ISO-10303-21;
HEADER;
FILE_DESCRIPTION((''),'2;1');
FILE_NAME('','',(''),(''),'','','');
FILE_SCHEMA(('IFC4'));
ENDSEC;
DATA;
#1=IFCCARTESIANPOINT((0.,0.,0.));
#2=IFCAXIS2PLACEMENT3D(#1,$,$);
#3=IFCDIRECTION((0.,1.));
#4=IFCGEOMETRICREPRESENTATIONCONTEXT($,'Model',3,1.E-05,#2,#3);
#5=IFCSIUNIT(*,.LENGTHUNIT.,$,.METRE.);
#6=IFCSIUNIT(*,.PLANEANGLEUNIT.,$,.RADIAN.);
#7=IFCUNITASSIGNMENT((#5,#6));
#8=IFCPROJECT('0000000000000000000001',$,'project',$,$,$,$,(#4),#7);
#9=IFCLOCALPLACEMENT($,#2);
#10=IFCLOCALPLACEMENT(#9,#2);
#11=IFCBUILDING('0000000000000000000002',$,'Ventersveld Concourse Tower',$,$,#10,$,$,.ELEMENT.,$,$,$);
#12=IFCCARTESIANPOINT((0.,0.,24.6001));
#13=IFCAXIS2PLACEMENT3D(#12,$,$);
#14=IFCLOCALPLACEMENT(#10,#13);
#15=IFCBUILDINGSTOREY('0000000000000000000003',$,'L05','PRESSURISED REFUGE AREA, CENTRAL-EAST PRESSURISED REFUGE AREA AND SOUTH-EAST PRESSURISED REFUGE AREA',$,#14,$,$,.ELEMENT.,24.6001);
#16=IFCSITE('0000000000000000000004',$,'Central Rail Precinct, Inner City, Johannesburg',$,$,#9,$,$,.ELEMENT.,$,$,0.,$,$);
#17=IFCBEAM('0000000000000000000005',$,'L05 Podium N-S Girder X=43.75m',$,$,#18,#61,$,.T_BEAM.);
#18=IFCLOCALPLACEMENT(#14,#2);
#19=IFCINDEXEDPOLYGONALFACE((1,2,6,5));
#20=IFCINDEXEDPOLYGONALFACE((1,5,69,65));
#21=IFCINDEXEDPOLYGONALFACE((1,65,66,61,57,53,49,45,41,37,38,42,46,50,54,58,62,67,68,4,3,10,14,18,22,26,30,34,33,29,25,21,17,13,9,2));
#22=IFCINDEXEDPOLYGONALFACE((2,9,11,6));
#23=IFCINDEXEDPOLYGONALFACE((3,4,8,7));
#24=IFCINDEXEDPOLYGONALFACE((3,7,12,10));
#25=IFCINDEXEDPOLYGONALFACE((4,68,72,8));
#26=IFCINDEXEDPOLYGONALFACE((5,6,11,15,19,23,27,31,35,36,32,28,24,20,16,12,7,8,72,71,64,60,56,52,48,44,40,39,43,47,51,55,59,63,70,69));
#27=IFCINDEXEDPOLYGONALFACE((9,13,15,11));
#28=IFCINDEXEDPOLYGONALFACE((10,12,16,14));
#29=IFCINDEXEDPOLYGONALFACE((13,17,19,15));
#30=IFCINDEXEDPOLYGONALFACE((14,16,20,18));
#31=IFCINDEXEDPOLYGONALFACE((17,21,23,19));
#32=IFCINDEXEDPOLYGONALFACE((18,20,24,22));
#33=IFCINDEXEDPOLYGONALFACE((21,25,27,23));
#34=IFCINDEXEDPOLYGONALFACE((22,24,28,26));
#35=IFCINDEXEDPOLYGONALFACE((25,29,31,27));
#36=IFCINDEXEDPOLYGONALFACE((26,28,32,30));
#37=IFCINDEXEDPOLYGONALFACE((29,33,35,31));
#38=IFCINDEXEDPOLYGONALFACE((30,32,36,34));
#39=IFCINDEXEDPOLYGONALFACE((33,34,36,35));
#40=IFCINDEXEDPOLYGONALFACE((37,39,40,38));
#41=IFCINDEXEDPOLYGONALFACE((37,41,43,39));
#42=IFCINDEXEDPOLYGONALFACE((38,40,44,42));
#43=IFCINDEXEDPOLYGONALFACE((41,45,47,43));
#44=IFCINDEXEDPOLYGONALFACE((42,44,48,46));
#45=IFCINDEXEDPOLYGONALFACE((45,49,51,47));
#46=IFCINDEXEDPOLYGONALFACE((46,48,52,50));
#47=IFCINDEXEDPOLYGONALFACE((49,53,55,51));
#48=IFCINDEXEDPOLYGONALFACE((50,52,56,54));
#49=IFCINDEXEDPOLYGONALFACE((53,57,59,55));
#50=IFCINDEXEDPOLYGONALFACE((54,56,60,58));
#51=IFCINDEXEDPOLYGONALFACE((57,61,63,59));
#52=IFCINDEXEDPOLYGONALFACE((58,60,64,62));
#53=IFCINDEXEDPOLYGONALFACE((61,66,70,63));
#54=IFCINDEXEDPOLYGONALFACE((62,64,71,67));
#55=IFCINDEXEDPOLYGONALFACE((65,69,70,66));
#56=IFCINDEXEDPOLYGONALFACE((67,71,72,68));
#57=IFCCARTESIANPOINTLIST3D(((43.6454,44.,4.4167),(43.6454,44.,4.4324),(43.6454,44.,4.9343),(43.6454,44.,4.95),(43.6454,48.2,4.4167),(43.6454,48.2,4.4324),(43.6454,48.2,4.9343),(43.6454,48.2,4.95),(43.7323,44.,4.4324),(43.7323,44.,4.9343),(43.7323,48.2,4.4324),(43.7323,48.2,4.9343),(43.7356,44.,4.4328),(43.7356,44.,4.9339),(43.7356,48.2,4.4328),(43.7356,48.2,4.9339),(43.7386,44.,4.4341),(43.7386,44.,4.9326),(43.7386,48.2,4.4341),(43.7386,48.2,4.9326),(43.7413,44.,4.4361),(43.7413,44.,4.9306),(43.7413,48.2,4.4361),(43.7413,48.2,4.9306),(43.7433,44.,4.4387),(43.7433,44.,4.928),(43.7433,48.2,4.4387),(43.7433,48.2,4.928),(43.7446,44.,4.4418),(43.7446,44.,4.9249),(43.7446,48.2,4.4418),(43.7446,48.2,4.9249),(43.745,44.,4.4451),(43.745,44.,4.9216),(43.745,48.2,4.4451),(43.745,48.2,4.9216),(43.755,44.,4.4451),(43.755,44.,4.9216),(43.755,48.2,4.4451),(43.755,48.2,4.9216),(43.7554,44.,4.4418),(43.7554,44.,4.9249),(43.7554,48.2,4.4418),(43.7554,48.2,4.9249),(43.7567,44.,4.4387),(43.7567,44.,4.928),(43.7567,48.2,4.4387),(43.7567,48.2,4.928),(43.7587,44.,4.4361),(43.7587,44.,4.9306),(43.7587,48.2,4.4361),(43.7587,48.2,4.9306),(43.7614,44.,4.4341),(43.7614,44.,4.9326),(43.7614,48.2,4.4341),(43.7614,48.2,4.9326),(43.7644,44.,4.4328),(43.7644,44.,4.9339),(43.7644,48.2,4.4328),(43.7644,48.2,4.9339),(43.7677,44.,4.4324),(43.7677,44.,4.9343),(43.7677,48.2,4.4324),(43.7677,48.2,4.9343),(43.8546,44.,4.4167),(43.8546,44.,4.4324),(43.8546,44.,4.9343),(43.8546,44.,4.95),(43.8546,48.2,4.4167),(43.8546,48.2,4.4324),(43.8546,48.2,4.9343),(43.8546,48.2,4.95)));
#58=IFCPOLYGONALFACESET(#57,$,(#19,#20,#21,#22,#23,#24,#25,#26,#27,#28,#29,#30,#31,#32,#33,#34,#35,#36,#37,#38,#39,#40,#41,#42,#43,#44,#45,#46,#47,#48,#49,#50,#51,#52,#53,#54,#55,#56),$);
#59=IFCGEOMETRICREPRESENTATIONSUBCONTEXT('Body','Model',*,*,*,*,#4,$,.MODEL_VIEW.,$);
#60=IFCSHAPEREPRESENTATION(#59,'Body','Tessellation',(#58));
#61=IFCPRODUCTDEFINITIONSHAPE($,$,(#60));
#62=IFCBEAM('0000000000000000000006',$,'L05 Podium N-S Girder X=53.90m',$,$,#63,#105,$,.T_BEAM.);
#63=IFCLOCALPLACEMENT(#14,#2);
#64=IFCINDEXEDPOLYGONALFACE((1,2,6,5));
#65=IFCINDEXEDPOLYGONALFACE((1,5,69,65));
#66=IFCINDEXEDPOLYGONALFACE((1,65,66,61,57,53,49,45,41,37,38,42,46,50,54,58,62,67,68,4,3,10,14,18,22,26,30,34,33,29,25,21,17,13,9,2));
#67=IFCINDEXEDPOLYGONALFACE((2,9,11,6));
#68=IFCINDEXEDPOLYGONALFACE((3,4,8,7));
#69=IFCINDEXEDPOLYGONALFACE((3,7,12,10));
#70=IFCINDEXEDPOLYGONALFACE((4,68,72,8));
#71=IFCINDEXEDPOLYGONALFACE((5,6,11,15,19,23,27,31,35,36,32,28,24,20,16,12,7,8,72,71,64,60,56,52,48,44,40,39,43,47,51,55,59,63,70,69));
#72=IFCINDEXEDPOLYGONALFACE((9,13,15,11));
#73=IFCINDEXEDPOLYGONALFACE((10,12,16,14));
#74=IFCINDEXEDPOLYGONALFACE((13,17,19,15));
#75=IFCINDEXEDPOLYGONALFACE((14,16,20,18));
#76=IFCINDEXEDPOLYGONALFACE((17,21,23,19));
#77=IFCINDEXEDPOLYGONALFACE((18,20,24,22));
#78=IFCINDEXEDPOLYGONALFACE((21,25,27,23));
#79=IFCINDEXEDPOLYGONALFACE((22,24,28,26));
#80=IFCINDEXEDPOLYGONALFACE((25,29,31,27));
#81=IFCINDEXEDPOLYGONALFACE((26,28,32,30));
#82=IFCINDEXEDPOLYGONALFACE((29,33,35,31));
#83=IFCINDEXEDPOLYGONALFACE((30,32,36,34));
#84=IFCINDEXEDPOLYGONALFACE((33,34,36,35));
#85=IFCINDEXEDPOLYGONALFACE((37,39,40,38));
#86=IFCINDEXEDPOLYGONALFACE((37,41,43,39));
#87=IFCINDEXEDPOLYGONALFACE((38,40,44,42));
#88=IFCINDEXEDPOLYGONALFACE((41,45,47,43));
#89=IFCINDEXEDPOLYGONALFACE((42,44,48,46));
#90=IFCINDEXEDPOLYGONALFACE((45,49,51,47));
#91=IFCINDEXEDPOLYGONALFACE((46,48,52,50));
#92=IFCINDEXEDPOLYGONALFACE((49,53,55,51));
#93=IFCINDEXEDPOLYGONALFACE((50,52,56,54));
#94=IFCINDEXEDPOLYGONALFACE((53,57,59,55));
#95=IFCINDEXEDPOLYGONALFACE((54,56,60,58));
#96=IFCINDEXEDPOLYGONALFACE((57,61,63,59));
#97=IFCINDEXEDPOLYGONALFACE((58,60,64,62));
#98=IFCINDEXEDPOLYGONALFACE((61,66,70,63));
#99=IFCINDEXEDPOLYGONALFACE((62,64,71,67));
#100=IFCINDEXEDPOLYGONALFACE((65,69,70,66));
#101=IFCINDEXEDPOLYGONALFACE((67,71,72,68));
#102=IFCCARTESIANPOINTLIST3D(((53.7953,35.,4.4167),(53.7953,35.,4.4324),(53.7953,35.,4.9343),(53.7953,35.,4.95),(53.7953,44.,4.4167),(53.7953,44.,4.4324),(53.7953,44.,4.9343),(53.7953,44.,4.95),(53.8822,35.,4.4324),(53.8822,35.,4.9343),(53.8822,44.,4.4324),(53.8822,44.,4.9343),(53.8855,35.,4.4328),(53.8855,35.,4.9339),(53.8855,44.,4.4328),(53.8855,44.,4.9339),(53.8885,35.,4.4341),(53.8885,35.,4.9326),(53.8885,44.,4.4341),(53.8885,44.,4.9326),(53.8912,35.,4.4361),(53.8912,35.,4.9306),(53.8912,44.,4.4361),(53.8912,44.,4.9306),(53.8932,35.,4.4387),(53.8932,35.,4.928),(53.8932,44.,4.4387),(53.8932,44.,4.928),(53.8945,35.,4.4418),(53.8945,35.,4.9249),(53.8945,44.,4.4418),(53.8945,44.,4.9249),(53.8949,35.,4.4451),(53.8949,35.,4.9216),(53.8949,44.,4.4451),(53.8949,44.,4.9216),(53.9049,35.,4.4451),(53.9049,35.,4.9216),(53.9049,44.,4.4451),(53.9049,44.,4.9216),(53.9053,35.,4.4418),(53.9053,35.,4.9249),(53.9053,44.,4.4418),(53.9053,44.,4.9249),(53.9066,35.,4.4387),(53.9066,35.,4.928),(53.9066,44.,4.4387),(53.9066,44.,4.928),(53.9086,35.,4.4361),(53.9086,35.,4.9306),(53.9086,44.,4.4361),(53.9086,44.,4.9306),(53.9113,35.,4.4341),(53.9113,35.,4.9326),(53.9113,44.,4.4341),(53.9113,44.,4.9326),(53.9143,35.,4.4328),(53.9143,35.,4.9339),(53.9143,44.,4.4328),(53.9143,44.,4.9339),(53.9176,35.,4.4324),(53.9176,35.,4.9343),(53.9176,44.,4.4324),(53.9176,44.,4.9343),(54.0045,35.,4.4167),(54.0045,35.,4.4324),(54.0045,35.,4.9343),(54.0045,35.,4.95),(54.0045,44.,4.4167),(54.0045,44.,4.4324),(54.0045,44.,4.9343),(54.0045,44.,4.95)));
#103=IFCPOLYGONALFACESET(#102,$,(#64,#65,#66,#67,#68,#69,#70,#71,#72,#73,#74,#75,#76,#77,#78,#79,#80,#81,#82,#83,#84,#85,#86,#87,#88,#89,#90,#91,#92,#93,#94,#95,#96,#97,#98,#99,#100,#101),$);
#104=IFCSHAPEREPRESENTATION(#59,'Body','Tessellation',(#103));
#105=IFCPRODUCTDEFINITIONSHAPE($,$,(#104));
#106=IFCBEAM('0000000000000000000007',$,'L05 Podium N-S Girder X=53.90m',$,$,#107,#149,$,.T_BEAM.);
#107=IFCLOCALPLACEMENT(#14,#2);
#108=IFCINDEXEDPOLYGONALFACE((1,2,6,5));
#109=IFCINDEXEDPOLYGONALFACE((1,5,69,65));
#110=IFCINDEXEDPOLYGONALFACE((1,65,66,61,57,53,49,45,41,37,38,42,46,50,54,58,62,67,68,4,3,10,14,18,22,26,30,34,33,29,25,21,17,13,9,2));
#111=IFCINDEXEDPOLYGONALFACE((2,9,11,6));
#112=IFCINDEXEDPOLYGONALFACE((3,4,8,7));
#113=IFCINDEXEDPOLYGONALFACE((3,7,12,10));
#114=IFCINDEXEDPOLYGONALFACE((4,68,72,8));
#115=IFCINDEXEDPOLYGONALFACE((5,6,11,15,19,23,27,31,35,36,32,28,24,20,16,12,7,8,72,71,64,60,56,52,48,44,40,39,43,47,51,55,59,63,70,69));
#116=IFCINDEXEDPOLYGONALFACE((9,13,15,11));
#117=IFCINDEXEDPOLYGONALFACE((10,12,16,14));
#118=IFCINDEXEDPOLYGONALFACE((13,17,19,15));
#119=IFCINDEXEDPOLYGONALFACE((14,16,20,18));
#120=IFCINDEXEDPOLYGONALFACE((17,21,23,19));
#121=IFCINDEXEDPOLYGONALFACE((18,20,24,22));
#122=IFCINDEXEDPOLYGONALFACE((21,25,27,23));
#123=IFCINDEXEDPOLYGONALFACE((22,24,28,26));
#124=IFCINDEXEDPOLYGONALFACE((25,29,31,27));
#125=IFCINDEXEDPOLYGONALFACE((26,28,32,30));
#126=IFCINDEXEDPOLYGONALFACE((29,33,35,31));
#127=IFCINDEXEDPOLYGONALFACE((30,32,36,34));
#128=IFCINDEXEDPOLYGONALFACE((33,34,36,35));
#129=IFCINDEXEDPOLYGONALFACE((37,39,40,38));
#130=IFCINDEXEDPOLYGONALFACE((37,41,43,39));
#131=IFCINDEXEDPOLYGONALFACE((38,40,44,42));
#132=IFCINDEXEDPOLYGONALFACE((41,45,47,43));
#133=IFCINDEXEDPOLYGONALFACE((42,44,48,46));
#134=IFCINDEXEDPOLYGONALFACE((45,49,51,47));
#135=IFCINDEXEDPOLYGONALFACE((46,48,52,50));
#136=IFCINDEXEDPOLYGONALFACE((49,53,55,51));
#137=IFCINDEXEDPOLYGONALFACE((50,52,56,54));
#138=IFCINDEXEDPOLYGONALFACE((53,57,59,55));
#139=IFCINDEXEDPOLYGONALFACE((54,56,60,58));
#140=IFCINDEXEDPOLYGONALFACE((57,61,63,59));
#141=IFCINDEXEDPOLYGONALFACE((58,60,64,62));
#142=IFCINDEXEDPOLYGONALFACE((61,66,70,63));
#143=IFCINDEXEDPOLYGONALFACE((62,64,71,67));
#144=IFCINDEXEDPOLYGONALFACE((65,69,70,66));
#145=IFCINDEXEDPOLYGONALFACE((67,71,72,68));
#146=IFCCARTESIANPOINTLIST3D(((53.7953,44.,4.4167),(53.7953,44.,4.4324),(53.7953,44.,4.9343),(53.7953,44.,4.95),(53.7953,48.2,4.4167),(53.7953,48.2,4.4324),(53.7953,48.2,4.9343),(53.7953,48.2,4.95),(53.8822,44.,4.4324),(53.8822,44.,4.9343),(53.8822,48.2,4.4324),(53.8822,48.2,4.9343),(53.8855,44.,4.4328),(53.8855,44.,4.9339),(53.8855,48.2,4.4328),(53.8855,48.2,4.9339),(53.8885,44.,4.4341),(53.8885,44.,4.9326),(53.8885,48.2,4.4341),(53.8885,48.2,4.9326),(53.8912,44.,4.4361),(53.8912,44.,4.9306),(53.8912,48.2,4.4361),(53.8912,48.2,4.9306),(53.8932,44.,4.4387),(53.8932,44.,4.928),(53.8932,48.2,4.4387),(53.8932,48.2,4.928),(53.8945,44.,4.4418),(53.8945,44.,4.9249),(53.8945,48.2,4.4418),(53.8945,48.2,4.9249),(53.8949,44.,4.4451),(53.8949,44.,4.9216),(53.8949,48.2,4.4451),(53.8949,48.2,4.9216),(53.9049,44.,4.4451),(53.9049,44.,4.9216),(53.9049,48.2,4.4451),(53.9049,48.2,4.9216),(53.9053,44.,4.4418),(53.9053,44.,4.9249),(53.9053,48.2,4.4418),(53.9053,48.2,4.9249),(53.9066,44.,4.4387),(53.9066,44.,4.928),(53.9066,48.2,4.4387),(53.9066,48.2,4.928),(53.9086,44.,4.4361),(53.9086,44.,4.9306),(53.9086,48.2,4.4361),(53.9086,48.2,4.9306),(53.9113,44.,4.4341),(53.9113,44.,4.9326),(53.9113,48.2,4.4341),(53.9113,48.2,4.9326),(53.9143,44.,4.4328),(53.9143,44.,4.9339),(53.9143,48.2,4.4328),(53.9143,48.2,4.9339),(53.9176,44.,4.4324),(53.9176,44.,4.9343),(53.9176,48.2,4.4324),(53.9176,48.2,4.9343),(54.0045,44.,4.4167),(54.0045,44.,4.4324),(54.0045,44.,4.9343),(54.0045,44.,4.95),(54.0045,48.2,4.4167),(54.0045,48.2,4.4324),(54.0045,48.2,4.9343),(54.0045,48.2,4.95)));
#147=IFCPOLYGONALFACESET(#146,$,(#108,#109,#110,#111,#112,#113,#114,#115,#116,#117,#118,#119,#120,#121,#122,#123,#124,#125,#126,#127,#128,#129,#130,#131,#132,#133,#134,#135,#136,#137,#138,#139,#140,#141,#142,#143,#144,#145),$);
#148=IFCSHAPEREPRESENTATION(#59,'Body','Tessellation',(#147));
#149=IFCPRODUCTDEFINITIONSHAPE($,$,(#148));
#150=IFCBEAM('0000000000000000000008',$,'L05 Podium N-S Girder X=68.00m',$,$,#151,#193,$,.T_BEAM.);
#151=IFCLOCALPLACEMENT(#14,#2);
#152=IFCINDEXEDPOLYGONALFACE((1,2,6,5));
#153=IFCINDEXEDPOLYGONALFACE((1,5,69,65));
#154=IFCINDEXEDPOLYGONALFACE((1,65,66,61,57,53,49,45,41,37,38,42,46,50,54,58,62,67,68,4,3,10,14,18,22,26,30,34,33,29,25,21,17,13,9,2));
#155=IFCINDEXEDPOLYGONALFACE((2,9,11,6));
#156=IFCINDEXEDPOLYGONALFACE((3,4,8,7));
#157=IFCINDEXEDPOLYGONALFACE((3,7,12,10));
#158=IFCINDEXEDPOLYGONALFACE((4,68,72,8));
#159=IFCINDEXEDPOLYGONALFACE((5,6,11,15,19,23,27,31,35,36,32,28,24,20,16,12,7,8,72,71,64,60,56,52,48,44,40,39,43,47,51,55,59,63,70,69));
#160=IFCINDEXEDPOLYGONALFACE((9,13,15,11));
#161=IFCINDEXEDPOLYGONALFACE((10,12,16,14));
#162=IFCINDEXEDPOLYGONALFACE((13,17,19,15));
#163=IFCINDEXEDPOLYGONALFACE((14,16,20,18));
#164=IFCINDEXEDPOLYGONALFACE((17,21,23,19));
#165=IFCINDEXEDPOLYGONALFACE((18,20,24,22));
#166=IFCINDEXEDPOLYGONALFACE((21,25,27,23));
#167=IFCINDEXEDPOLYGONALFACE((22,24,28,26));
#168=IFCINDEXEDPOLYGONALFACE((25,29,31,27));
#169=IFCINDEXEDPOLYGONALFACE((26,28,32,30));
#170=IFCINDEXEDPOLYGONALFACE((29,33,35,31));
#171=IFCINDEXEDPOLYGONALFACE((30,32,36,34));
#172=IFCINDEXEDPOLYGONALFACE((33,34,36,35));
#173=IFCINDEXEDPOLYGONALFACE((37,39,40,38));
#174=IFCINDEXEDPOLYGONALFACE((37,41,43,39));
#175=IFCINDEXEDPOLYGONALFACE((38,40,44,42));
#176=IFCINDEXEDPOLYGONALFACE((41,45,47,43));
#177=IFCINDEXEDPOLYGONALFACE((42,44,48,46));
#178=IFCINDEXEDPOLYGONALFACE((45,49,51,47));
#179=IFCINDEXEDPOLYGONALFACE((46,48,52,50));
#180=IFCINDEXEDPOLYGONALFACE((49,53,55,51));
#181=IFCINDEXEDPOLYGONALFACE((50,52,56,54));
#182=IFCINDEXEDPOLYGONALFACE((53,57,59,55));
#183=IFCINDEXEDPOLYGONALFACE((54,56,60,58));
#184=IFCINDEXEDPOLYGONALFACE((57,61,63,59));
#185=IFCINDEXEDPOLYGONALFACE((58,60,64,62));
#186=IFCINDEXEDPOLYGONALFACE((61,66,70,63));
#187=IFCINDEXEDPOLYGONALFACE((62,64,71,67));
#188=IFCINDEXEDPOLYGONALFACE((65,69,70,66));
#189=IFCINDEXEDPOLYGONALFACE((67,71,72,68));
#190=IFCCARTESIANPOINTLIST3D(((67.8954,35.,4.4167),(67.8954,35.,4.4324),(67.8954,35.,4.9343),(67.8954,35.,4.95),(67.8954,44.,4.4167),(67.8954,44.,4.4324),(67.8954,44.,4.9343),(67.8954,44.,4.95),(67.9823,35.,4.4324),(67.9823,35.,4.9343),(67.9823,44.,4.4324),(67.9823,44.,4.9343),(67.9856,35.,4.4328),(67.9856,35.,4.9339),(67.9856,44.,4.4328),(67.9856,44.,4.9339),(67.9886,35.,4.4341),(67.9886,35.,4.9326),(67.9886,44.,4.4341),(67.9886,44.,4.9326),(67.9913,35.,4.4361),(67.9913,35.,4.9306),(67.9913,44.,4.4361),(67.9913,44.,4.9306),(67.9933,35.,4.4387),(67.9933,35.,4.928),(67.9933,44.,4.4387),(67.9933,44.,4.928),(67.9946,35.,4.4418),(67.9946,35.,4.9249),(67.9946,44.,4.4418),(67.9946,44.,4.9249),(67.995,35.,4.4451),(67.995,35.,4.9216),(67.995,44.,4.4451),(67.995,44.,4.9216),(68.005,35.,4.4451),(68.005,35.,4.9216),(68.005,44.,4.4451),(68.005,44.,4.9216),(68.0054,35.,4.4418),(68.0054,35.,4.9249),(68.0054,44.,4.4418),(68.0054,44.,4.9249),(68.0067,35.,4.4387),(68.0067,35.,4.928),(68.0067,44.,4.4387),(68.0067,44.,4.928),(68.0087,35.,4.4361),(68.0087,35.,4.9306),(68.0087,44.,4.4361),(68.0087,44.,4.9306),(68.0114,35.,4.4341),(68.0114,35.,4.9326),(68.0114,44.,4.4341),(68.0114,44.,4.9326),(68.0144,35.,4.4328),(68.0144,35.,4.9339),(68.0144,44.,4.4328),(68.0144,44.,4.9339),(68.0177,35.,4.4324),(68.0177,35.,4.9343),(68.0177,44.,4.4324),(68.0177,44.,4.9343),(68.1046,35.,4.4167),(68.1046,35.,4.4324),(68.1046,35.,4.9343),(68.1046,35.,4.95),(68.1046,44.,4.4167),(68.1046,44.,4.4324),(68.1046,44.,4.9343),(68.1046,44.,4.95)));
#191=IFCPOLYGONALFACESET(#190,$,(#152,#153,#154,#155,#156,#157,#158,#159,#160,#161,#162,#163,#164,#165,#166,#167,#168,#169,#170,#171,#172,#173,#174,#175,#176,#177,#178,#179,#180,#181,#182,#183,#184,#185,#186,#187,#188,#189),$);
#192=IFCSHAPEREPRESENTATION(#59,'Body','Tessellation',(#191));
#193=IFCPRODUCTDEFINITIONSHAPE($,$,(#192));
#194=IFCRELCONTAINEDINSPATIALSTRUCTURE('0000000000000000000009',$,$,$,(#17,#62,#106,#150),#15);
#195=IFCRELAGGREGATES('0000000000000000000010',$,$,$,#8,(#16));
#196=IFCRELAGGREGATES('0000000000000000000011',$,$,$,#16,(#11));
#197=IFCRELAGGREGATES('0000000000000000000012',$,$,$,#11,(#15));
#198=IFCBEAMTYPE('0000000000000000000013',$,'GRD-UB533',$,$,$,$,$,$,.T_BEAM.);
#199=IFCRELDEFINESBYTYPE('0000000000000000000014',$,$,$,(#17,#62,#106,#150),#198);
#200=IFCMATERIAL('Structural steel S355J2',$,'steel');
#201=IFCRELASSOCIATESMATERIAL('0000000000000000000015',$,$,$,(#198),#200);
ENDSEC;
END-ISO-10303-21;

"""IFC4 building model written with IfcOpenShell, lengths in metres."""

from ifc_helpers import new_model, si_unit, direction, frame, origin, origin_2d, place, context, subcontext, project, spatial, i_section, extrude, material, material_profile, profile_set, type_object, element, save


model = new_model("IFC4")

# Units and contexts
model_context = context("Model", 3, precision=1e-05, world=origin(), true_north=direction((0.0, 1.0)))
body_context = subcontext(model_context, "Body", "Model", "MODEL_VIEW")
ifc_project = project(units=[si_unit("LENGTHUNIT", "METRE"), si_unit("PLANEANGLEUNIT", "RADIAN")], contexts=[model_context])

# Site, building, storey
site_placement = place(None, origin())
site = spatial("IfcSite", under=ifc_project, at=site_placement, Name="Central Rail Precinct, Inner City, Johannesburg", CompositionType="ELEMENT", RefElevation=0.0)
building_placement = place(site_placement, origin())
building = spatial("IfcBuilding", under=site, at=building_placement, Name="Ventersveld Concourse Tower", CompositionType="ELEMENT")
storey_placement = place(building_placement, frame((0.0, 0.0, 24.6001)))
storey = spatial("IfcBuildingStorey", under=building, at=storey_placement, Name="L05", Description="PRESSURISED REFUGE AREA, CENTRAL-EAST PRESSURISED REFUGE AREA AND SOUTH-EAST PRESSURISED REFUGE AREA", CompositionType="ELEMENT", Elevation=24.6001)

# Beams
ifc_material_1 = material(Name="Structural steel S355J2", Category="steel")
ifc_material_profile_1 = material_profile(ifc_material_1, i_section(OverallWidth=0.2092, OverallDepth=0.5332, WebThickness=0.01, FlangeThickness=0.0156, FilletRadius=0.0127, at=origin_2d()), Name="UB 533x210x92")
ifc_profile_set_1 = profile_set([ifc_material_profile_1], Name="Structural steel S355J2")
beam_type_1 = type_object("IfcBeamType", Name="GRD-UB533", PredefinedType="T_BEAM", material=ifc_profile_set_1)
beam_1_placement = place(storey_placement, frame((43.75, 44.0, 4.6833), z_axis=(0.0, 1.0, 0.0), x_axis=(-1.0, 0.0, 0.0)))
element("IfcBeam", 1, at=beam_1_placement, inside=storey, type_object=beam_type_1, Name="L05 Podium N-S Girder X=43.75m", PredefinedType="T_BEAM", context=body_context, shape_type="SweptSolid", body=[
    extrude(i_section(OverallWidth=0.2092, OverallDepth=0.5332, WebThickness=0.01, FlangeThickness=0.0156, FilletRadius=0.0127, at=origin_2d()), origin(), (0.0, 0.0, 1.0), 4.2),
])
beam_2_placement = place(storey_placement, frame((53.8999, 35.0, 4.6833), z_axis=(0.0, 1.0, 0.0), x_axis=(-1.0, 0.0, 0.0)))
element("IfcBeam", 2, at=beam_2_placement, inside=storey, type_object=beam_type_1, Name="L05 Podium N-S Girder X=53.90m", PredefinedType="T_BEAM", context=body_context, shape_type="SweptSolid", body=[
    extrude(i_section(OverallWidth=0.2092, OverallDepth=0.5332, WebThickness=0.01, FlangeThickness=0.0156, FilletRadius=0.0127, at=origin_2d()), origin(), (0.0, 0.0, 1.0), 9.0),
])
beam_3_placement = place(storey_placement, frame((53.8999, 44.0, 4.6833), z_axis=(0.0, 1.0, 0.0), x_axis=(-1.0, 0.0, 0.0)))
element("IfcBeam", 3, at=beam_3_placement, inside=storey, type_object=beam_type_1, Name="L05 Podium N-S Girder X=53.90m", PredefinedType="T_BEAM", context=body_context, shape_type="SweptSolid", body=[
    extrude(i_section(OverallWidth=0.2092, OverallDepth=0.5332, WebThickness=0.01, FlangeThickness=0.0156, FilletRadius=0.0127, at=origin_2d()), origin(), (0.0, 0.0, 1.0), 4.2),
])
beam_4_placement = place(storey_placement, frame((68.0, 35.0, 4.6833), z_axis=(0.0, 1.0, 0.0), x_axis=(-1.0, 0.0, 0.0)))
element("IfcBeam", 4, at=beam_4_placement, inside=storey, type_object=beam_type_1, Name="L05 Podium N-S Girder X=68.00m", PredefinedType="T_BEAM", context=body_context, shape_type="SweptSolid", body=[
    extrude(i_section(OverallWidth=0.2092, OverallDepth=0.5332, WebThickness=0.01, FlangeThickness=0.0156, FilletRadius=0.0127, at=origin_2d()), origin(), (0.0, 0.0, 1.0), 9.0),
])

save(model, "model.ifc")
